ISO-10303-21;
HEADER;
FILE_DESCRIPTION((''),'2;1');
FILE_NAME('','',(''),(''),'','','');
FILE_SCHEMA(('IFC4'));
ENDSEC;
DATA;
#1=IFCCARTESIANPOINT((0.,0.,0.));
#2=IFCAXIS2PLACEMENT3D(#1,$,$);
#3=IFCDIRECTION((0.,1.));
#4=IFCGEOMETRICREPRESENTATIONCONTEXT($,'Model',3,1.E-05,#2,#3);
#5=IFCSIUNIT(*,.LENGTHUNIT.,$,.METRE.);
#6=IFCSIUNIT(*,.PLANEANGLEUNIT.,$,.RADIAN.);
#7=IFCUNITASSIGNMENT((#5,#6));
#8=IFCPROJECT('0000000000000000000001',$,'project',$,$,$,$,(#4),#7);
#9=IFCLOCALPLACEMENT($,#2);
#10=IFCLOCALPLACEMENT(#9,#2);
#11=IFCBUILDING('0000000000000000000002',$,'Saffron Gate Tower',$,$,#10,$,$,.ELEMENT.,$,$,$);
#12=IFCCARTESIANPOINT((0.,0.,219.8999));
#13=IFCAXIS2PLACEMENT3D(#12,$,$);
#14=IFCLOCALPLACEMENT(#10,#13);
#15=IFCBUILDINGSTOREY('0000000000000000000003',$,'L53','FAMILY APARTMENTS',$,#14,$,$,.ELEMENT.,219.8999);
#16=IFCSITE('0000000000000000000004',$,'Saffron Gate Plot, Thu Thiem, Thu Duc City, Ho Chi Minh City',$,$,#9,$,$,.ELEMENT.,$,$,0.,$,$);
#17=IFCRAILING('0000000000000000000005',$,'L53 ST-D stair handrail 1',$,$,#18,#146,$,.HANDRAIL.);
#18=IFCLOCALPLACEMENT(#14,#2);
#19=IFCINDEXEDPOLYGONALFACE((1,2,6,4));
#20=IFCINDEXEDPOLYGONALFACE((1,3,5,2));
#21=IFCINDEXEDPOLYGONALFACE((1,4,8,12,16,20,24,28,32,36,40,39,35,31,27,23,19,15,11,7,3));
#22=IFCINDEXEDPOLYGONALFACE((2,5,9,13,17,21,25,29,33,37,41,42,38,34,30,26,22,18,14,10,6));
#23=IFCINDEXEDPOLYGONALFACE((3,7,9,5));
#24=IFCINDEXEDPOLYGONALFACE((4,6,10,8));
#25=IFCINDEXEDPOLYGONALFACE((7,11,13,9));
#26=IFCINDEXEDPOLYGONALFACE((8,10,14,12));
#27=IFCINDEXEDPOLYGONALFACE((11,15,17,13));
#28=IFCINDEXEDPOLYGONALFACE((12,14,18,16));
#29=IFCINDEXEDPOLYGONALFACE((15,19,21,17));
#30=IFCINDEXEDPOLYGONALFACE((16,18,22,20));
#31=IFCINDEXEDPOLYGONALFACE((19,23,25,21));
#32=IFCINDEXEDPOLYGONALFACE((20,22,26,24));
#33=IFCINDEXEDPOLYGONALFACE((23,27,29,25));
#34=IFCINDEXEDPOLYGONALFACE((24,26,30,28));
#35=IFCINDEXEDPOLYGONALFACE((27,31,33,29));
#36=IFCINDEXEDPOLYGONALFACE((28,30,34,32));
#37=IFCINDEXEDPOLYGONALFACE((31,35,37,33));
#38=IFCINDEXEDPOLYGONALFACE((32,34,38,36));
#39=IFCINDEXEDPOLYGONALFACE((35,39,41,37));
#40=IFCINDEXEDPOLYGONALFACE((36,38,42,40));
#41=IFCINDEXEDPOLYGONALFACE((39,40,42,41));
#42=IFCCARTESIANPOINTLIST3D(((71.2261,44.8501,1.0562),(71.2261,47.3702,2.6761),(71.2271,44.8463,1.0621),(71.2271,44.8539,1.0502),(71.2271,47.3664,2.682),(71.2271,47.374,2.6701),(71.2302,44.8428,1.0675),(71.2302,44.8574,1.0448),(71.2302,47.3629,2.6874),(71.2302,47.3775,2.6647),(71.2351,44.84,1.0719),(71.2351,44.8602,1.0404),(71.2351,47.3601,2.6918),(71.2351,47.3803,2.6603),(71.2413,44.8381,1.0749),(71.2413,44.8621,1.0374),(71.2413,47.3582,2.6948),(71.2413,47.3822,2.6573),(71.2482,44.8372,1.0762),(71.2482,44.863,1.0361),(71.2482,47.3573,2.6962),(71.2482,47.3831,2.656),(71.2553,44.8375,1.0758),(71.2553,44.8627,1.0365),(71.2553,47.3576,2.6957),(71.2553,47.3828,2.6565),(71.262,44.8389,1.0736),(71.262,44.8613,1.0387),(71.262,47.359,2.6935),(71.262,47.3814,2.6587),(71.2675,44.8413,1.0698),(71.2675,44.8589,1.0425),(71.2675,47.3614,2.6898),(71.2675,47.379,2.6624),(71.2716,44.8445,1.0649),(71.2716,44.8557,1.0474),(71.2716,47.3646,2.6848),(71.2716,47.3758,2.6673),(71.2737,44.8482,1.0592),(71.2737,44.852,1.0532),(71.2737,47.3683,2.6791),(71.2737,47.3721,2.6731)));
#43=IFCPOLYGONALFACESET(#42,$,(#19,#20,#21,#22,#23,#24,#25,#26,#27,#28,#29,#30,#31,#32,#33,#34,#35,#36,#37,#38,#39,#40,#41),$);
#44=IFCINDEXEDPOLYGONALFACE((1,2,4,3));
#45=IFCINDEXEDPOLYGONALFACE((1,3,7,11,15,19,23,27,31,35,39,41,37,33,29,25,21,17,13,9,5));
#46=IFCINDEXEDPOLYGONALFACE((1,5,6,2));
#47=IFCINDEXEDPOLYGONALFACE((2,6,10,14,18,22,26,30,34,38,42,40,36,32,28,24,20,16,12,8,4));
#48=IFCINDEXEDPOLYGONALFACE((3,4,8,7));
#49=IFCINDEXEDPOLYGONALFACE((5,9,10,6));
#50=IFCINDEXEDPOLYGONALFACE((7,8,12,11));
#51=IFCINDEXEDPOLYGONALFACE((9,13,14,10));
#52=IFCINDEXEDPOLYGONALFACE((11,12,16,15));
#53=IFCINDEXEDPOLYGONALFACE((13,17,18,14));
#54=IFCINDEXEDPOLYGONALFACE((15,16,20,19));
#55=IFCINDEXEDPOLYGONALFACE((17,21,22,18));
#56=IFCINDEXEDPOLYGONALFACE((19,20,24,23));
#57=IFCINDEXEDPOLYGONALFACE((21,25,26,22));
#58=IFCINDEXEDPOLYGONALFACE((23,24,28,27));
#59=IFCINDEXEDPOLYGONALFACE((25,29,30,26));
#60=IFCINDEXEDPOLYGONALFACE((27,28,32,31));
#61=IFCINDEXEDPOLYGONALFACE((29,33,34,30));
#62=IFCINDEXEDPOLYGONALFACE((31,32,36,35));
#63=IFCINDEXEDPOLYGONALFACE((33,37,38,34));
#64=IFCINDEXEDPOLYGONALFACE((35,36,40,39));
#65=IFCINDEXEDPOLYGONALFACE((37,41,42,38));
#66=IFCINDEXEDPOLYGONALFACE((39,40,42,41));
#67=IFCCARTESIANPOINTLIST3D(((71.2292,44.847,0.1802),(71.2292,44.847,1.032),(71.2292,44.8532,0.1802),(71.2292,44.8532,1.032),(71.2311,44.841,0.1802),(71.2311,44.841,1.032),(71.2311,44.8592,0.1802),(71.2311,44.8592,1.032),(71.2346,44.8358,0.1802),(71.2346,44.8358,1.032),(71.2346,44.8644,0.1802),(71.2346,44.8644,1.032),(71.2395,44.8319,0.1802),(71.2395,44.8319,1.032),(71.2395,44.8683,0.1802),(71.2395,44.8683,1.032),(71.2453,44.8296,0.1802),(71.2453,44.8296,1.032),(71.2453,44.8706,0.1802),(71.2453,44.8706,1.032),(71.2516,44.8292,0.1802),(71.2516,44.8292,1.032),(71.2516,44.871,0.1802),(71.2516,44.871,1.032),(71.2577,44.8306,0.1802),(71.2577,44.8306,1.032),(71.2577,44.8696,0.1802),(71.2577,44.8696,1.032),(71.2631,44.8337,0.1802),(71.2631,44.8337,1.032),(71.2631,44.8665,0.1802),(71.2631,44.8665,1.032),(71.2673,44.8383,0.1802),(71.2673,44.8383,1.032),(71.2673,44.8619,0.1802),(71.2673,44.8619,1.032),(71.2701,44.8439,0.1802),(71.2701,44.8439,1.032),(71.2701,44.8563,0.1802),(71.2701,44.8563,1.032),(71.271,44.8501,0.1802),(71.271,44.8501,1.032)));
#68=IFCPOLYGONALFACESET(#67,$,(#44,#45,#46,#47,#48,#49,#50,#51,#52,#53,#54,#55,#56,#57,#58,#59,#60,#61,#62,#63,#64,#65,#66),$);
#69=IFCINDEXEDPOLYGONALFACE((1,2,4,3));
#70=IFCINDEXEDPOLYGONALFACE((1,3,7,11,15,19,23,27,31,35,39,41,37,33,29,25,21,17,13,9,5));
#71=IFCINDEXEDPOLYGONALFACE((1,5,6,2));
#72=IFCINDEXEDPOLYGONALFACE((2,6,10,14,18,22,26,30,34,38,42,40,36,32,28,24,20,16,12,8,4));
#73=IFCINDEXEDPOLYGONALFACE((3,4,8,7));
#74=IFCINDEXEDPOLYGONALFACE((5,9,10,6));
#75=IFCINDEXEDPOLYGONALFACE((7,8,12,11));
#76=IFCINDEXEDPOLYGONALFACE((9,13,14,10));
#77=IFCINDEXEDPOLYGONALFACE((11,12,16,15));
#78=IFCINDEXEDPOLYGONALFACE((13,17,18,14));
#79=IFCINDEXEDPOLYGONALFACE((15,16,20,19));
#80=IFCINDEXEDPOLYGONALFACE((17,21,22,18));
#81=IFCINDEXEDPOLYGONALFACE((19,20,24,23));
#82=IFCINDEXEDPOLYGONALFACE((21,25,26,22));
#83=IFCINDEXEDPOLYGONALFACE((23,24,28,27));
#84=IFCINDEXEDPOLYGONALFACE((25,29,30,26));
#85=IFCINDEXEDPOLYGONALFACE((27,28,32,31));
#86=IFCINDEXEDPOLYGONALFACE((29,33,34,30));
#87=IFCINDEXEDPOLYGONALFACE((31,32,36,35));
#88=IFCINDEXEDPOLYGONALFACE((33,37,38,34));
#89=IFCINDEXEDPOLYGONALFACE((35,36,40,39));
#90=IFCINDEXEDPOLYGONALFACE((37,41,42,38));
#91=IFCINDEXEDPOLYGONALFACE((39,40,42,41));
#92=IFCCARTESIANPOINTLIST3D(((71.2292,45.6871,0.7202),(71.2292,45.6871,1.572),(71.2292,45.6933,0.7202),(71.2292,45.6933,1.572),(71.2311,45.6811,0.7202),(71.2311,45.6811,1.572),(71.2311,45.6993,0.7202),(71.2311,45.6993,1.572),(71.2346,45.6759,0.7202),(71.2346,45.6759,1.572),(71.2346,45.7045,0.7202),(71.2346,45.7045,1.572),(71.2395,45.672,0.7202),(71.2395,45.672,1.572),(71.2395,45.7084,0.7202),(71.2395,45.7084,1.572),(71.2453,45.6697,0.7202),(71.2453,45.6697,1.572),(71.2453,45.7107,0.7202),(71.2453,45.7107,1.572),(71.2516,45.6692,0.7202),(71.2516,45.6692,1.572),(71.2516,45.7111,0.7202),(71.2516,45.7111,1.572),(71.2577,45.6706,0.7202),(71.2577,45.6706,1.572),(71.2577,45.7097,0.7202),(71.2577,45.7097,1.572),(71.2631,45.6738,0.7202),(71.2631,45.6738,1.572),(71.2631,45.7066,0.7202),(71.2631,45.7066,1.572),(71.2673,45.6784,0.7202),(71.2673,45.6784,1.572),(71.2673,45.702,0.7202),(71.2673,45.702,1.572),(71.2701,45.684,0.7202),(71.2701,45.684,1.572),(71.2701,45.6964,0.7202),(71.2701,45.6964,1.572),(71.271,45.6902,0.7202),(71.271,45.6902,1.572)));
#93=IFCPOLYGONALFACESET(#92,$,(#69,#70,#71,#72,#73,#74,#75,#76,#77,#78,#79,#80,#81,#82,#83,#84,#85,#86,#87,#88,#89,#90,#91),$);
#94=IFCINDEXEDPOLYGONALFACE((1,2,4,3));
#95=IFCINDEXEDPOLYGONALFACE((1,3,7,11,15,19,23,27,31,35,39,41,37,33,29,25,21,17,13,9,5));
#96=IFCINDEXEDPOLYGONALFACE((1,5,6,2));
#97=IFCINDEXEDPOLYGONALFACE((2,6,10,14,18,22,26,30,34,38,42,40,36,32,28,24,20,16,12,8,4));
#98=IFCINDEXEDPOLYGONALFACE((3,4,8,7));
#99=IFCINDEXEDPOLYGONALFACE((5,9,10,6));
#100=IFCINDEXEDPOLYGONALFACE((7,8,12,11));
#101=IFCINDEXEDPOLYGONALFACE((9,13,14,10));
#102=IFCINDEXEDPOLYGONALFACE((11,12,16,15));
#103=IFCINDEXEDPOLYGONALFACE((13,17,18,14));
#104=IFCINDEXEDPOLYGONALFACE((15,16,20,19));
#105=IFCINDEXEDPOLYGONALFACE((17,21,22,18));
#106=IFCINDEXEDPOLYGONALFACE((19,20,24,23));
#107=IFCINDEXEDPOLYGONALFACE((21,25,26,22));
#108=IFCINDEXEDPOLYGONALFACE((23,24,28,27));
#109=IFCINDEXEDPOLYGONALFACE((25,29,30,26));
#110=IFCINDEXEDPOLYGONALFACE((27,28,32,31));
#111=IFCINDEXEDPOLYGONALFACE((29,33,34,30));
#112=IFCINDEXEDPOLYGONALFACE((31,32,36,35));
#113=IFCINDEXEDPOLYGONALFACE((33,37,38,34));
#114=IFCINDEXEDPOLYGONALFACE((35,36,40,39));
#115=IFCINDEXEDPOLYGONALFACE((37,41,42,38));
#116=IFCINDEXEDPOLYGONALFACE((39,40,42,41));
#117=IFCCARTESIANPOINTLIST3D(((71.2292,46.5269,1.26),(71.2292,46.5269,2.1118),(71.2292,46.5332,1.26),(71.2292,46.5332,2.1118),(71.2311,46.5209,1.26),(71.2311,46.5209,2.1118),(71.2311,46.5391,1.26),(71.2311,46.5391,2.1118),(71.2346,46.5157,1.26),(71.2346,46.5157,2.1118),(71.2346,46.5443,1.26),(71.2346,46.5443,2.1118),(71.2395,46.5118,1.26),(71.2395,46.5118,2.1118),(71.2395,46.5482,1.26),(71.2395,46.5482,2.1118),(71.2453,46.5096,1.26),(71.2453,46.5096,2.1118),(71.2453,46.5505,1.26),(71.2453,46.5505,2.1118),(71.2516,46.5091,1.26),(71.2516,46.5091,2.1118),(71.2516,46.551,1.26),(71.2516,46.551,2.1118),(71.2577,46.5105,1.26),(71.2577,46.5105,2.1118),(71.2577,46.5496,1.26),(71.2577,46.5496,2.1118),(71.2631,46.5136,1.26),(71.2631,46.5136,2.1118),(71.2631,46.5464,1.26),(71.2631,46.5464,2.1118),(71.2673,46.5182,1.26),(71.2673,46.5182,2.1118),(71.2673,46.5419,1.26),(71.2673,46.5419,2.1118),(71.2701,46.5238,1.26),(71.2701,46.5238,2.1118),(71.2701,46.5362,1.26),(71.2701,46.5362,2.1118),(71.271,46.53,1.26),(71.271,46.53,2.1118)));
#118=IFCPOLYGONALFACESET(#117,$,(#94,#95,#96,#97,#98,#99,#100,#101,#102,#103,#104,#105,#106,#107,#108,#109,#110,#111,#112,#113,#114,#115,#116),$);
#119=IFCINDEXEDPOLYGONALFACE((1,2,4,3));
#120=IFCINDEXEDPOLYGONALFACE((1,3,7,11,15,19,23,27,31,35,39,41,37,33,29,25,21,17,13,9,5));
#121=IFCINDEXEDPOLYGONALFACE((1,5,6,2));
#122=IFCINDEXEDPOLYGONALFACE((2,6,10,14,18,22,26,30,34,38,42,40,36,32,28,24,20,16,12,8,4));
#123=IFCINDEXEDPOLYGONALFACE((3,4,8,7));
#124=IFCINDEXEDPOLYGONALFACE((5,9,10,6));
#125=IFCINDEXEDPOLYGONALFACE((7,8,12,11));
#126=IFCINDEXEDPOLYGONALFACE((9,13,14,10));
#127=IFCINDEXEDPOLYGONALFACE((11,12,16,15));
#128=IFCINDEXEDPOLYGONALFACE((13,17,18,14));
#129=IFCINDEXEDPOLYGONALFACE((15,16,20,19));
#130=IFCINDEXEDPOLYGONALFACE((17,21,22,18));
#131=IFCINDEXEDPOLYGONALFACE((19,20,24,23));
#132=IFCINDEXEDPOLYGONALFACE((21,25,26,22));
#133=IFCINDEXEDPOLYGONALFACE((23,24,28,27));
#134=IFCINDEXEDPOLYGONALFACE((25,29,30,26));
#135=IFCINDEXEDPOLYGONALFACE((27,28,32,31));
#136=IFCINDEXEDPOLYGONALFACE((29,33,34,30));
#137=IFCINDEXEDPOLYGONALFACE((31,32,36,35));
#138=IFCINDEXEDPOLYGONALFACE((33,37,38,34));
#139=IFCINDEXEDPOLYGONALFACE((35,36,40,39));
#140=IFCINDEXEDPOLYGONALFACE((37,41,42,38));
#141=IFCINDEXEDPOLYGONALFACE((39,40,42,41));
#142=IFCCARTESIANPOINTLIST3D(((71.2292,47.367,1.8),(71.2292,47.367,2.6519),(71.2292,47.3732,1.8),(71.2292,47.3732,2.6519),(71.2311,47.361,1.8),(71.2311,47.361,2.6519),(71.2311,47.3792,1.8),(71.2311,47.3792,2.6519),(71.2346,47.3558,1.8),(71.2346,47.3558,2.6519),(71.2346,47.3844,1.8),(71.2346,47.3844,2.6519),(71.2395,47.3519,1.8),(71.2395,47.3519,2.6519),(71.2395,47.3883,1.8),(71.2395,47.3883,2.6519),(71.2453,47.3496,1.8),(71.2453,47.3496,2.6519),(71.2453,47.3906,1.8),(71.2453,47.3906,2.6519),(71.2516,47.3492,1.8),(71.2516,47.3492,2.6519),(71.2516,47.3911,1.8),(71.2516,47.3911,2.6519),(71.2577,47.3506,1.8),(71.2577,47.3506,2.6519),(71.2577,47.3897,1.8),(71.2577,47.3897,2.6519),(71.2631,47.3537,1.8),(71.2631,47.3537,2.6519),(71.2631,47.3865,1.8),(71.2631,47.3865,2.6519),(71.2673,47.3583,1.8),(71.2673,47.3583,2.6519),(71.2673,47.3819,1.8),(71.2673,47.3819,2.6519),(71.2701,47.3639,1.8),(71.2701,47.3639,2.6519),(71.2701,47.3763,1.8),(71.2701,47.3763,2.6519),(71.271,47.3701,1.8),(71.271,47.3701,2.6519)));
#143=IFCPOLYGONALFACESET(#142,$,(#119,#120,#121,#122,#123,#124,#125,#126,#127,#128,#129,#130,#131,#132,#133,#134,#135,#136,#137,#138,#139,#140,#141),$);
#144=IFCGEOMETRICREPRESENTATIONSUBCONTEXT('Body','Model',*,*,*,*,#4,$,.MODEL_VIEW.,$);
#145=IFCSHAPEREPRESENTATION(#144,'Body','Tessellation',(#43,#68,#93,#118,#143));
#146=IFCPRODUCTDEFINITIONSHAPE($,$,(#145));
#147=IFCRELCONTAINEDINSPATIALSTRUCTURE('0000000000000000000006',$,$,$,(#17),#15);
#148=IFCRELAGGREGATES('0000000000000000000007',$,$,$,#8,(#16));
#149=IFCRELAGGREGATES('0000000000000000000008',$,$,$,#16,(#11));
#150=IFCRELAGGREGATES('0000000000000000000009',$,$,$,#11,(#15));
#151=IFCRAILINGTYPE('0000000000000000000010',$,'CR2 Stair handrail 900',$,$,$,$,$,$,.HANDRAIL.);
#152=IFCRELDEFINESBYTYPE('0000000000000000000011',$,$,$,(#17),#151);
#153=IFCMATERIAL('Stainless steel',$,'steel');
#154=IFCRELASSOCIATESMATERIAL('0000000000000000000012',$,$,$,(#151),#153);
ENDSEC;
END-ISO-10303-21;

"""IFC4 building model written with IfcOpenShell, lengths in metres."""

from ifc_helpers import new_model, si_unit, direction, frame, origin, origin_2d, place, context, subcontext, project, spatial, circle, extrude, material, type_object, element, save


model = new_model("IFC4")

# Units and contexts
model_context = context("Model", 3, precision=1e-05, world=origin(), true_north=direction((0.0, 1.0)))
body_context = subcontext(model_context, "Body", "Model", "MODEL_VIEW")
ifc_project = project(units=[si_unit("LENGTHUNIT", "METRE"), si_unit("PLANEANGLEUNIT", "RADIAN")], contexts=[model_context])

# Site, building, storey
site_placement = place(None, origin())
site = spatial("IfcSite", under=ifc_project, at=site_placement, Name="Saffron Gate Plot, Thu Thiem, Thu Duc City, Ho Chi Minh City", CompositionType="ELEMENT", RefElevation=0.0)
building_placement = place(site_placement, origin())
building = spatial("IfcBuilding", under=site, at=building_placement, Name="Saffron Gate Tower", CompositionType="ELEMENT")
storey_placement = place(building_placement, frame((0.0, 0.0, 219.8999)))
storey = spatial("IfcBuildingStorey", under=building, at=storey_placement, Name="L53", Description="FAMILY APARTMENTS", CompositionType="ELEMENT", Elevation=219.8999)

# Railing
ifc_material_1 = material(Name="Stainless steel", Category="steel")
railing_type_1 = type_object("IfcRailingType", Name="CR2 Stair handrail 900", PredefinedType="HANDRAIL", material=ifc_material_1)
railing_1_placement = place(storey_placement, frame((71.25, 44.8501, 0.1802)))
element("IfcRailing", 1, at=railing_1_placement, inside=storey, type_object=railing_type_1, Name="L53 ST-D stair handrail 1", PredefinedType="HANDRAIL", context=body_context, shape_type="SweptSolid", body=[
    extrude(circle(Radius=0.0239, at=origin_2d()), frame((0.0, 0.0, 0.876), z_axis=(0.0, 0.8412, 0.540725), x_axis=(-1.0, 0.0, 0.0)), (0.0, 0.0, 1.0), 2.9958),
    extrude(circle(Radius=0.021, at=origin_2d()), origin(), (0.0, 0.0, 1.0), 0.8518),
    extrude(circle(Radius=0.021, at=origin_2d()), frame((0.0, 0.8401, 0.54)), (0.0, 0.0, 1.0), 0.8518),
    extrude(circle(Radius=0.021, at=origin_2d()), frame((0.0, 1.6799, 1.0798)), (0.0, 0.0, 1.0), 0.8518),
    extrude(circle(Radius=0.021, at=origin_2d()), frame((0.0, 2.52, 1.6199)), (0.0, 0.0, 1.0), 0.8518),
])

save(model, "model.ifc")
